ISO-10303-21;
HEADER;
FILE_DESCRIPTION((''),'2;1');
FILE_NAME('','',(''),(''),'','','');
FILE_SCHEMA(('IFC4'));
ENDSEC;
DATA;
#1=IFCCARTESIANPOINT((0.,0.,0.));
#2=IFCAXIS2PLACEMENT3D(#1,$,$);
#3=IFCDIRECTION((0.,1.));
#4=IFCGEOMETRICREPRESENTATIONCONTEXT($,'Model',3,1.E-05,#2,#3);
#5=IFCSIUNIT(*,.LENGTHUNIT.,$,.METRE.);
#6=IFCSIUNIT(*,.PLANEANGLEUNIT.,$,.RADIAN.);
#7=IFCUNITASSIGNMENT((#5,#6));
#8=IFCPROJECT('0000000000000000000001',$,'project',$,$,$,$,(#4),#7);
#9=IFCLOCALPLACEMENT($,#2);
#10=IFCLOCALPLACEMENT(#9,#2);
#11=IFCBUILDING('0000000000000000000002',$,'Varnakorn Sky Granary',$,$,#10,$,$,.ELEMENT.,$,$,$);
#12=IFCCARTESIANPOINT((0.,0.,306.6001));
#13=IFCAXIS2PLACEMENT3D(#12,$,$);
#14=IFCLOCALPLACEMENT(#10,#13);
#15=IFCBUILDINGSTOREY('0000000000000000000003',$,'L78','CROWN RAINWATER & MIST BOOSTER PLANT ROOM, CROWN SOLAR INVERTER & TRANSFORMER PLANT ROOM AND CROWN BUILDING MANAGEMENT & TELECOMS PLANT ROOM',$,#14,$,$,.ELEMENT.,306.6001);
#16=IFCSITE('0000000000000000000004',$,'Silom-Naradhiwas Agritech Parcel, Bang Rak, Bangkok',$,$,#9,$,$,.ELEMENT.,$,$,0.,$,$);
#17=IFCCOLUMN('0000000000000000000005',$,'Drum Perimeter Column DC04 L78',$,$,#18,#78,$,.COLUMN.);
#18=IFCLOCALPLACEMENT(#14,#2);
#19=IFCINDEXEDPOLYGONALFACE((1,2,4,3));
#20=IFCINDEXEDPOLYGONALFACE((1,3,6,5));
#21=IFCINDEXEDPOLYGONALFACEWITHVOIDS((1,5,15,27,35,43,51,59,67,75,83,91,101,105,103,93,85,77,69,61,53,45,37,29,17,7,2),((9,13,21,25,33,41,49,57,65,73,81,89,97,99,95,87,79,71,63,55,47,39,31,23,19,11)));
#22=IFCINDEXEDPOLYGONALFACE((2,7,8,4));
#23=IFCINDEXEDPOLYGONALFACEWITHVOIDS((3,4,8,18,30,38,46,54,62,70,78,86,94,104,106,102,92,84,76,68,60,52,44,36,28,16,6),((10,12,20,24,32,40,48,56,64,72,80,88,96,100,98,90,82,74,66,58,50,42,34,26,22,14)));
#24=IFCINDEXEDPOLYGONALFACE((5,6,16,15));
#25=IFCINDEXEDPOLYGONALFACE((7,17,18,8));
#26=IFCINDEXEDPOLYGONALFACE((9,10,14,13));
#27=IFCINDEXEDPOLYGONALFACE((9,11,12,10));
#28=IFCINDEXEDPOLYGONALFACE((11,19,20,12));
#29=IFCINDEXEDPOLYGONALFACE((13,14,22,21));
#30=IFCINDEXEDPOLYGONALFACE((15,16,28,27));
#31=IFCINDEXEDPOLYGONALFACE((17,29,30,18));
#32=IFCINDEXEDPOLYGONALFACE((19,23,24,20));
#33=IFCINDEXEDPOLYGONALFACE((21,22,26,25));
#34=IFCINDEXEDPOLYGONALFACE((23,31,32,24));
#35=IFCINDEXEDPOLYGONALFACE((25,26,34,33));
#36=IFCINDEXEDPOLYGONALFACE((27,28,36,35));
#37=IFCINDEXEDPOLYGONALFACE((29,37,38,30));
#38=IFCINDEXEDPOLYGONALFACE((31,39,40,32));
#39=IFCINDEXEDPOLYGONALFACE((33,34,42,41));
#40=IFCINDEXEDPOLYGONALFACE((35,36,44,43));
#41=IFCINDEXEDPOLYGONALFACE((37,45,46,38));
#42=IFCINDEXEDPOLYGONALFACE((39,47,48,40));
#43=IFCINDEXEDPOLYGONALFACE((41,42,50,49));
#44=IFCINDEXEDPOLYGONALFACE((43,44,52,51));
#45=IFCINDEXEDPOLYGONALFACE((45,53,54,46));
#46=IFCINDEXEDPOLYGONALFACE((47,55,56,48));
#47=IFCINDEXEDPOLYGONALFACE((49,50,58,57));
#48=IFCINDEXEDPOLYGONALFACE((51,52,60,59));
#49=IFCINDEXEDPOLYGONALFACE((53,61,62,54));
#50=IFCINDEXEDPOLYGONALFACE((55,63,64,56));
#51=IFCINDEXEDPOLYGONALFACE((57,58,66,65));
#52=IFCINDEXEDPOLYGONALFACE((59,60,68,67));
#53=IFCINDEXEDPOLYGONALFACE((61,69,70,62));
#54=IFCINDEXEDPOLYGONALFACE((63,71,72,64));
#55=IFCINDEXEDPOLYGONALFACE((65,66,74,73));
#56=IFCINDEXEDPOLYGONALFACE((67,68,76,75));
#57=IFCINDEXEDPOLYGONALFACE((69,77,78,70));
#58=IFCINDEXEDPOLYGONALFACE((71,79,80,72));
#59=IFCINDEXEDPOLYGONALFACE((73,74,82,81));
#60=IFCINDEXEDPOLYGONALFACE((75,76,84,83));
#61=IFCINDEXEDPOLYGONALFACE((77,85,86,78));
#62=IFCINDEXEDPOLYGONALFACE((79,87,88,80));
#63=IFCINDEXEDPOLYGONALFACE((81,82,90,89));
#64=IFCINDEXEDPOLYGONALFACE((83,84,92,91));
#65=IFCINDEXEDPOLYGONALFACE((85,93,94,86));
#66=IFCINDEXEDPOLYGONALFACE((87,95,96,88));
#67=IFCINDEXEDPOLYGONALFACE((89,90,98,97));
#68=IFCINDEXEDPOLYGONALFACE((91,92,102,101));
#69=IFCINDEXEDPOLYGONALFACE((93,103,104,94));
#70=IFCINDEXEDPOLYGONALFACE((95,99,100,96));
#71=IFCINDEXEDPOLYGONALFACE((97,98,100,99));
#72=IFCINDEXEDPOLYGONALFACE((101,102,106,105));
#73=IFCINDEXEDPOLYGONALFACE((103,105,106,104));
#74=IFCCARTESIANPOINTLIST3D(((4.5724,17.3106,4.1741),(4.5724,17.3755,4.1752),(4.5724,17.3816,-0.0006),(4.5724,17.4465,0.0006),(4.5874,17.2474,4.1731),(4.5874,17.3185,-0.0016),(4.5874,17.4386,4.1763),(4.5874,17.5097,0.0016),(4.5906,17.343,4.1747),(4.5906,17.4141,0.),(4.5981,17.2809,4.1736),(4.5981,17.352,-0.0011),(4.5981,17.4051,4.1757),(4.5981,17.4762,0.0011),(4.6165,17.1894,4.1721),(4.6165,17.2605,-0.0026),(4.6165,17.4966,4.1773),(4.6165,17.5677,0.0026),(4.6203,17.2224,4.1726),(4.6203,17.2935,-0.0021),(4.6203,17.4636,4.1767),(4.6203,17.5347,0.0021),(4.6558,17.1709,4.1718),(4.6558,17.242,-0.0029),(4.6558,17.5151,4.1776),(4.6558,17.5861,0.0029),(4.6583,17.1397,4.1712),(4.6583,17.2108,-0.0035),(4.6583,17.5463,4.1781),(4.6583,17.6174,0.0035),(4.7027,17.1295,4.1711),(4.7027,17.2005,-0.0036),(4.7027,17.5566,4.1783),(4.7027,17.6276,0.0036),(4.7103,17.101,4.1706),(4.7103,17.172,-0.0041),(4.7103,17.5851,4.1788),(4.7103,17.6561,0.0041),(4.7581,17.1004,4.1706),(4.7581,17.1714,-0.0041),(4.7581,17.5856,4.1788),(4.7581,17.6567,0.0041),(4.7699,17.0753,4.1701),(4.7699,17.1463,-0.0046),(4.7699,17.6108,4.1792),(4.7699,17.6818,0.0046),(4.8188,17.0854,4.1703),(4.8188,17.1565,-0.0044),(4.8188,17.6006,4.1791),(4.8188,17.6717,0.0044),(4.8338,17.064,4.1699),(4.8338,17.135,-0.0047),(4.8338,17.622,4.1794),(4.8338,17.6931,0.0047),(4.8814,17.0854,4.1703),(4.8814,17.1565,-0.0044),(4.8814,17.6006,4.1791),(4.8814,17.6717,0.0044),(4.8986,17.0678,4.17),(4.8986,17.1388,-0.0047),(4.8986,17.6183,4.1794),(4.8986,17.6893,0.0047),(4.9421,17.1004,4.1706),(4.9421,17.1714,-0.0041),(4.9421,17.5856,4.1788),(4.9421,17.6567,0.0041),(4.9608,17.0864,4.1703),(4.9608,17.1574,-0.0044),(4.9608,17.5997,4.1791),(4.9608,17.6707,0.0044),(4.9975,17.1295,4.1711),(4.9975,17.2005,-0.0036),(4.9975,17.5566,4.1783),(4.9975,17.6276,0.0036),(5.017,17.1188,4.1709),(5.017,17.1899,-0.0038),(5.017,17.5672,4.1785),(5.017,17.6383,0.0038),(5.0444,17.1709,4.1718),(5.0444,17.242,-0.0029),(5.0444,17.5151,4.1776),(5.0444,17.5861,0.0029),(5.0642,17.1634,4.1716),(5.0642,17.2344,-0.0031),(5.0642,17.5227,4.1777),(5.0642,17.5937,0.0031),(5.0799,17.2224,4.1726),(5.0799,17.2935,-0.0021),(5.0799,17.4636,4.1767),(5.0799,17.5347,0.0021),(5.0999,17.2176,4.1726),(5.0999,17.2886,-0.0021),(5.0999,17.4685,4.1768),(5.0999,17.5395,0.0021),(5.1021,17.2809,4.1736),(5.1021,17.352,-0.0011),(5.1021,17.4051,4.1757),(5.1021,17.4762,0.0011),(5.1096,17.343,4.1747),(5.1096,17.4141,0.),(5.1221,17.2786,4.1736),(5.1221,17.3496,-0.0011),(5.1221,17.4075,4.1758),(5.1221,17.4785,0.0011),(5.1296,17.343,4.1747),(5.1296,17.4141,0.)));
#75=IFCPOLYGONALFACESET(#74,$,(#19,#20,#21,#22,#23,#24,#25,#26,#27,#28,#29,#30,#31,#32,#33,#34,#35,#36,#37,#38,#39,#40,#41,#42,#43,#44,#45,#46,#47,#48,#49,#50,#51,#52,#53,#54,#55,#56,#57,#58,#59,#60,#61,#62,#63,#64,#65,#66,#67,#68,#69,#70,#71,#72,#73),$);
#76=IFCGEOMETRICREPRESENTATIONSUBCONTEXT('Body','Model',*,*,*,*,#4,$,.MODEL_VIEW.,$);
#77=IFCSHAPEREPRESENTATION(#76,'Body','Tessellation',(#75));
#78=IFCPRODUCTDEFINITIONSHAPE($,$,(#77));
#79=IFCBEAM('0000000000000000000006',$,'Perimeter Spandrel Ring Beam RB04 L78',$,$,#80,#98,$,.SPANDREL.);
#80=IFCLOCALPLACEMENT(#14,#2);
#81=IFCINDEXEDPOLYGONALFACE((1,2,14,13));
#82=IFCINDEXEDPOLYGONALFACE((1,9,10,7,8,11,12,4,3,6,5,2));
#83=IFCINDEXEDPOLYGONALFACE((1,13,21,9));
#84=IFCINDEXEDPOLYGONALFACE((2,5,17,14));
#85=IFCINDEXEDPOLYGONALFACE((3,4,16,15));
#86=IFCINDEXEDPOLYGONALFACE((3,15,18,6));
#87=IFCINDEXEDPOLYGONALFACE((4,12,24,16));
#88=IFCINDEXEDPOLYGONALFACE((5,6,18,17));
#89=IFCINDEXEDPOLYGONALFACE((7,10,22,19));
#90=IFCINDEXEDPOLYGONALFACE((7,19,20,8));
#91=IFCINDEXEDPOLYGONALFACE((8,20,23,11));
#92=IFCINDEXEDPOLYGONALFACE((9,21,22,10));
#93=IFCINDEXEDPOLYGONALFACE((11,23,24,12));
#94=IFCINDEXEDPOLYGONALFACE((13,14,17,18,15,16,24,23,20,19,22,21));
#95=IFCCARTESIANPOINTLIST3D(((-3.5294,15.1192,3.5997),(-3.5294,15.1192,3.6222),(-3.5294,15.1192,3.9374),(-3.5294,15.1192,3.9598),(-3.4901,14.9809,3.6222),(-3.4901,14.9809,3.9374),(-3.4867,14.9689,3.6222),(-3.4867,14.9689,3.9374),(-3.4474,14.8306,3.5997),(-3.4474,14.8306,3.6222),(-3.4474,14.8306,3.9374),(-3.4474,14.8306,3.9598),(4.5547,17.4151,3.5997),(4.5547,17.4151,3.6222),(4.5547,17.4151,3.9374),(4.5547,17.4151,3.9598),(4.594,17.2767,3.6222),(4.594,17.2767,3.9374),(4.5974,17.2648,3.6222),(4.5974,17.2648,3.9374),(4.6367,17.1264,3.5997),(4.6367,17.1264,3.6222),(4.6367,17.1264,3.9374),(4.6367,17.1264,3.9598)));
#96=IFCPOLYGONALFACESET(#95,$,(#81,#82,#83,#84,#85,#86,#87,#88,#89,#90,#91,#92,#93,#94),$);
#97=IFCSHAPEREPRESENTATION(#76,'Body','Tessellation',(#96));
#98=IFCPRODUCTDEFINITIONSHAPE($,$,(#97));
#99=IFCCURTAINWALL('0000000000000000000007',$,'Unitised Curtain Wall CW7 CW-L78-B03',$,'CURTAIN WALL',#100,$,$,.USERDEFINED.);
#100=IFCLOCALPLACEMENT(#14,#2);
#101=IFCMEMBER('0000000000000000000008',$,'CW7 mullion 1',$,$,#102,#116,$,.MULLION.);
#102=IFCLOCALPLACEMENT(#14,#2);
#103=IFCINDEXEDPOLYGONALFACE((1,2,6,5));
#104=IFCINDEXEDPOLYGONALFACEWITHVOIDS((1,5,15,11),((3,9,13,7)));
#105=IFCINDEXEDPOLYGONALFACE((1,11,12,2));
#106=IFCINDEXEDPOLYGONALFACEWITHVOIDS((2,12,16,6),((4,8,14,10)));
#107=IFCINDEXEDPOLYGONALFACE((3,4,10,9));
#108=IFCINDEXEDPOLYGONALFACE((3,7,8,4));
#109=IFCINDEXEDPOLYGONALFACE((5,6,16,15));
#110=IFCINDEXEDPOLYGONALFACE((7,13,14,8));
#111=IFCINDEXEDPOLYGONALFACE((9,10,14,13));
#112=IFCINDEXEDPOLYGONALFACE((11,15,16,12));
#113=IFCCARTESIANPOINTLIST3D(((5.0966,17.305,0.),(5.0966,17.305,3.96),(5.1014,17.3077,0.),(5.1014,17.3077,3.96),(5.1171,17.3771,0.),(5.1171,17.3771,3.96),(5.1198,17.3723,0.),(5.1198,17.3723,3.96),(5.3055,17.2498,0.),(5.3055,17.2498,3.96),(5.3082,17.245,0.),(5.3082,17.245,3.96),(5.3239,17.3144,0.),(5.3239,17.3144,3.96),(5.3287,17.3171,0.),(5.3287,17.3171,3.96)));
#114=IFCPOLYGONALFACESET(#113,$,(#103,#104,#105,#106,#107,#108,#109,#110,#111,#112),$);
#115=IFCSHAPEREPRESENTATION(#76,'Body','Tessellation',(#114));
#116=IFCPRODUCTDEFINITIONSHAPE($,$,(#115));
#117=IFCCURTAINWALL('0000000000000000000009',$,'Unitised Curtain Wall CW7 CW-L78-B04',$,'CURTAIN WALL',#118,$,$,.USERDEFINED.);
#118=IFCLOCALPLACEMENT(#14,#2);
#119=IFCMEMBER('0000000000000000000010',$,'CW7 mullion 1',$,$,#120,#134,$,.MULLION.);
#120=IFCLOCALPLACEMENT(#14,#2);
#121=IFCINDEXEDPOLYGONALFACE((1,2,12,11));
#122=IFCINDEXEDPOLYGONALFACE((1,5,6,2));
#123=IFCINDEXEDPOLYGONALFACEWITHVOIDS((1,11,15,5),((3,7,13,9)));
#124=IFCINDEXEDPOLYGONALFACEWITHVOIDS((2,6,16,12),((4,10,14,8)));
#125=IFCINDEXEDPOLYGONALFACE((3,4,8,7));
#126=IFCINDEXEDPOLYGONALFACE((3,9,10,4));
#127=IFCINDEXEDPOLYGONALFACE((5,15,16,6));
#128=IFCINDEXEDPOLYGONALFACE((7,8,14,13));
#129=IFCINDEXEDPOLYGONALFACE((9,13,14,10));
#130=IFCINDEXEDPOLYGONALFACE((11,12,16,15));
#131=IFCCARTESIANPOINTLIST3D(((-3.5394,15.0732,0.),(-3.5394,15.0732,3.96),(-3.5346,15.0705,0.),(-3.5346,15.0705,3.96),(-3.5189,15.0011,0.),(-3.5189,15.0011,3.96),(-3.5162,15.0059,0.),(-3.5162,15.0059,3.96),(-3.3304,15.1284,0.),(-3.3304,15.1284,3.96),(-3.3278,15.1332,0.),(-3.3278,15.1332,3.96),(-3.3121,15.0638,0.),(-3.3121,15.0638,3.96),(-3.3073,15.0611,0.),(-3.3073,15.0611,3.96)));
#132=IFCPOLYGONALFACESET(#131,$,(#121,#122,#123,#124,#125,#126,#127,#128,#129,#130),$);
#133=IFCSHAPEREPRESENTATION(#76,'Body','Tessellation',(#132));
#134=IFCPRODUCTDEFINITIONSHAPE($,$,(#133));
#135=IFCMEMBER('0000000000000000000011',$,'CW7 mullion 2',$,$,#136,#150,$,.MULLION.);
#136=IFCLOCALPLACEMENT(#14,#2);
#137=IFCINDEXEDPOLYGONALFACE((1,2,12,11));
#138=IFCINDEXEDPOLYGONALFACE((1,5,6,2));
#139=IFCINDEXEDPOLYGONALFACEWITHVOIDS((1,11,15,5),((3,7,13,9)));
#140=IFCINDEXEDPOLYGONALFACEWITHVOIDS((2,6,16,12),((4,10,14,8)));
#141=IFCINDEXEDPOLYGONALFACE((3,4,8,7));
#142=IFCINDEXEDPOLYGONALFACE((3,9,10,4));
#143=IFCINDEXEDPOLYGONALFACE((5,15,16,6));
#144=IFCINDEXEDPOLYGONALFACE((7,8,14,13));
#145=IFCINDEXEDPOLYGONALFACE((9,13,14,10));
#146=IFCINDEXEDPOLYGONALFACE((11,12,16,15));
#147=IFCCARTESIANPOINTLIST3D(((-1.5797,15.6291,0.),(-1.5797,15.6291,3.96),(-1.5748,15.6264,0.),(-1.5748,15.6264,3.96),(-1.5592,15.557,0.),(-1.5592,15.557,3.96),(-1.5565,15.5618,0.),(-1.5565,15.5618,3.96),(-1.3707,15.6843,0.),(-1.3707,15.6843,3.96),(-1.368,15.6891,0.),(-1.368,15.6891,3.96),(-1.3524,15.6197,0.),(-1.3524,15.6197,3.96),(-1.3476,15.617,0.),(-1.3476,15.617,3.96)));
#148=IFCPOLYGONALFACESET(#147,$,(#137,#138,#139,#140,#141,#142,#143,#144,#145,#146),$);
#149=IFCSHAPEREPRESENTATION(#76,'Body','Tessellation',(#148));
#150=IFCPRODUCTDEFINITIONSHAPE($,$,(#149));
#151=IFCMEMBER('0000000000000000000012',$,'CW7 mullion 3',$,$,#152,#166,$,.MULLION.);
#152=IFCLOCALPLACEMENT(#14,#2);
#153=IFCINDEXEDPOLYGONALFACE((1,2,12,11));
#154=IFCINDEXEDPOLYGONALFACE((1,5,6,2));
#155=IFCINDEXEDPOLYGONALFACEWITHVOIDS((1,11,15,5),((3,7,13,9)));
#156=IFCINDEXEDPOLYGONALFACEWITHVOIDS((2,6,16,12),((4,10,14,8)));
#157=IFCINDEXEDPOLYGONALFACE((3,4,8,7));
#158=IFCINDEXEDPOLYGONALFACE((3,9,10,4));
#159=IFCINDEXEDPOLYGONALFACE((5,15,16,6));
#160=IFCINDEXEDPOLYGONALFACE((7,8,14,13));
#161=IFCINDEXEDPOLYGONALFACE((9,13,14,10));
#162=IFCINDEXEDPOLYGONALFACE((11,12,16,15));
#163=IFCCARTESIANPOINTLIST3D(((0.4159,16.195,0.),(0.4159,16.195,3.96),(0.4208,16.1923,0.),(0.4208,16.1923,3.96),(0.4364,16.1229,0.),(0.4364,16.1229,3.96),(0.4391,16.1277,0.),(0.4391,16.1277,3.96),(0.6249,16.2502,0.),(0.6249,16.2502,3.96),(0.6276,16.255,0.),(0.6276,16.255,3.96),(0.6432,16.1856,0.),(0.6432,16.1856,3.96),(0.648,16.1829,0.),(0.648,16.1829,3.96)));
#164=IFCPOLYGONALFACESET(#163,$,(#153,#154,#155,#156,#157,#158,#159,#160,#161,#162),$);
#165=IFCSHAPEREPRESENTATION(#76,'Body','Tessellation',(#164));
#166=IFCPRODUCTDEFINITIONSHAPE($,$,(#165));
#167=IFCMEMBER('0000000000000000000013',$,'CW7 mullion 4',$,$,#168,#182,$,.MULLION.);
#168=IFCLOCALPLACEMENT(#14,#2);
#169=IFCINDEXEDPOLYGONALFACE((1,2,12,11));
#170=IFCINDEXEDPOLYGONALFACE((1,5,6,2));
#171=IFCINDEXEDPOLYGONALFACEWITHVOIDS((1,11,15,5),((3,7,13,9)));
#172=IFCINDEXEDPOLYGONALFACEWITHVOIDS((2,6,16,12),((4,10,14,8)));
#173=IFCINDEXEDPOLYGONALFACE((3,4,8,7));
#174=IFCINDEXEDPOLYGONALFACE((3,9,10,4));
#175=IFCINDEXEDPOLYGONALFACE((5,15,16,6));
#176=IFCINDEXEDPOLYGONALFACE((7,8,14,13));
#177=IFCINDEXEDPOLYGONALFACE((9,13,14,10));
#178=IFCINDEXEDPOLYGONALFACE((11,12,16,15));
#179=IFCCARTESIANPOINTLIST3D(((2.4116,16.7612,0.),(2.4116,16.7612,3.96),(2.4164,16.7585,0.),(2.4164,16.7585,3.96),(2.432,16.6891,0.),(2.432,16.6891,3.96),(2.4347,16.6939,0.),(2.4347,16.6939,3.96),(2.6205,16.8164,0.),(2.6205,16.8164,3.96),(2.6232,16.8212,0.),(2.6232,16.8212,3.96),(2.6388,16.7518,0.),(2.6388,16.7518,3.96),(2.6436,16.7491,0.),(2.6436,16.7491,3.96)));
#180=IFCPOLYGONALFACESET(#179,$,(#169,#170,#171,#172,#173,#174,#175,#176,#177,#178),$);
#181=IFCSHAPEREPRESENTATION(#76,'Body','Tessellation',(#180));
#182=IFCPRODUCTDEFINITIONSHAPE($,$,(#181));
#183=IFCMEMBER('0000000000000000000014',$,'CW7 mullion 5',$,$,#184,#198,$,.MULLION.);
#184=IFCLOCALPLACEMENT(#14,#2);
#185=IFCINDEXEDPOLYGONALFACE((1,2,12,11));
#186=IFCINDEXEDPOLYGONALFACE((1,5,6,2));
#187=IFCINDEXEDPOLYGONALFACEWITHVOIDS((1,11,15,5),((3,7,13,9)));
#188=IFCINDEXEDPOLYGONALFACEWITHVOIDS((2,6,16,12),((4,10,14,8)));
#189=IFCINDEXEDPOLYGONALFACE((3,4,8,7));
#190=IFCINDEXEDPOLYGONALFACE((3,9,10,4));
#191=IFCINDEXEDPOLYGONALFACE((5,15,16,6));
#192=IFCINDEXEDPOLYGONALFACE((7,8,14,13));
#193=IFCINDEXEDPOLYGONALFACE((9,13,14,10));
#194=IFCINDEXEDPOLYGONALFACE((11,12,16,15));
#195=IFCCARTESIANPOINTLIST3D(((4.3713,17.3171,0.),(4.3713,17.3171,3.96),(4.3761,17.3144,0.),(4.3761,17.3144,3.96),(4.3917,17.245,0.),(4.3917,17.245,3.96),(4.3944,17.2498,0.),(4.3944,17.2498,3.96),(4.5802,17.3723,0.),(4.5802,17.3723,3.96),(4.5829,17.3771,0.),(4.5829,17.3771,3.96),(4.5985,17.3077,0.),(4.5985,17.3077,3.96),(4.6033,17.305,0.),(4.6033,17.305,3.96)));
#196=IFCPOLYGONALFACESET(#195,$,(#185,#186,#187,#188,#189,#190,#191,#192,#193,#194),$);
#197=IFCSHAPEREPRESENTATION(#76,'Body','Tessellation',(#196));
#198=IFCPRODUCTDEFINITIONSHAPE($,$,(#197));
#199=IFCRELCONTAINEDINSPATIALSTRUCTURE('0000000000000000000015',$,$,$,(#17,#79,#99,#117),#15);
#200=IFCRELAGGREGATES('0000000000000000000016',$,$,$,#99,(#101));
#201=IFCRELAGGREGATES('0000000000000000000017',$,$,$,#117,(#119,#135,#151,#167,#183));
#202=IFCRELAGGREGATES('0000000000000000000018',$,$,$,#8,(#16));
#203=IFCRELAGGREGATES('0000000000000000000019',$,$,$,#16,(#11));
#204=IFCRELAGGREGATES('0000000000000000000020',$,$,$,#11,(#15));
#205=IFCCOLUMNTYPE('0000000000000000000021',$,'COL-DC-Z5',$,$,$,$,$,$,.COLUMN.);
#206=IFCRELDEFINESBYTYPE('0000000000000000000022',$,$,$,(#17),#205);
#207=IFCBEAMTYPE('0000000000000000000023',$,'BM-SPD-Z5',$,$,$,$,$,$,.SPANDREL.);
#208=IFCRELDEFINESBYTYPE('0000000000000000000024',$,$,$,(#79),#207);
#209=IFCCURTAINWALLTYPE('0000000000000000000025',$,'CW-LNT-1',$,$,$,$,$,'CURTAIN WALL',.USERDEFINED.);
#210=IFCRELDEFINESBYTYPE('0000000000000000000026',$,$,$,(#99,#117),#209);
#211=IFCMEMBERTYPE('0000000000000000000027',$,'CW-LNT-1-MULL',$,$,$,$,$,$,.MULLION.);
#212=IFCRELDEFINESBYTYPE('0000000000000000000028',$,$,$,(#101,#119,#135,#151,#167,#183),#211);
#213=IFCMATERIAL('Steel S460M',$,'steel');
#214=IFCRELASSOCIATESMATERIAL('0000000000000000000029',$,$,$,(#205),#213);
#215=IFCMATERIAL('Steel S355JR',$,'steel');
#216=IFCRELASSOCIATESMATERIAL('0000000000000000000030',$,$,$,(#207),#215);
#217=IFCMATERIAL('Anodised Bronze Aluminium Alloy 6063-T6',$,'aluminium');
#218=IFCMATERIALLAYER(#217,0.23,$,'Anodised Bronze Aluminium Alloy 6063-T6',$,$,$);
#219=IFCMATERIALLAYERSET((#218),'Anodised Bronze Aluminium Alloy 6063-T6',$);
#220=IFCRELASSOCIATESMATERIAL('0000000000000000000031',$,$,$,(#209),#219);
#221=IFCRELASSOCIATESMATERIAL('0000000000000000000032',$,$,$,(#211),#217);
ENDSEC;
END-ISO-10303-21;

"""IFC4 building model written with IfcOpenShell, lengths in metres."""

from ifc_helpers import new_model, si_unit, direction, frame, origin, origin_2d, place, context, subcontext, project, spatial, hollow_rectangle, hollow_circle, i_section, extrude, material, layer, layer_set, material_profile, profile_set, type_object, element, aggregate, save


model = new_model("IFC4")

# Units and contexts
model_context = context("Model", 3, precision=1e-05, world=origin(), true_north=direction((0.0, 1.0)))
body_context = subcontext(model_context, "Body", "Model", "MODEL_VIEW")
ifc_project = project(units=[si_unit("LENGTHUNIT", "METRE"), si_unit("PLANEANGLEUNIT", "RADIAN")], contexts=[model_context])

# Site, building, storey
site_placement = place(None, origin())
site = spatial("IfcSite", under=ifc_project, at=site_placement, Name="Silom-Naradhiwas Agritech Parcel, Bang Rak, Bangkok", CompositionType="ELEMENT", RefElevation=0.0)
building_placement = place(site_placement, origin())
building = spatial("IfcBuilding", under=site, at=building_placement, Name="Varnakorn Sky Granary", CompositionType="ELEMENT")
storey_placement = place(building_placement, frame((0.0, 0.0, 306.6001)))
storey = spatial("IfcBuildingStorey", under=building, at=storey_placement, Name="L78", Description="CROWN RAINWATER & MIST BOOSTER PLANT ROOM, CROWN SOLAR INVERTER & TRANSFORMER PLANT ROOM AND CROWN BUILDING MANAGEMENT & TELECOMS PLANT ROOM", CompositionType="ELEMENT", Elevation=306.6001)

# Column
ifc_material_1 = material(Name="Steel S460M", Category="steel")
ifc_material_profile_1 = material_profile(ifc_material_1, hollow_circle(Radius=0.2795, WallThickness=0.02, at=origin_2d()), Name="CHS 559x20")
ifc_profile_set_1 = profile_set([ifc_material_profile_1], Name="Steel S460M")
column_type = type_object("IfcColumnType", Name="COL-DC-Z5", PredefinedType="COLUMN", material=ifc_profile_set_1)
column_placement = place(storey_placement, frame((4.8501, 17.4141, 0.0), z_axis=(0.0, -0.017015, 0.999855), x_axis=(1.0, 0.0, 0.0)))
element("IfcColumn", 1, at=column_placement, inside=storey, type_object=column_type, Name="Drum Perimeter Column DC04 L78", PredefinedType="COLUMN", context=body_context, shape_type="SweptSolid", body=[
    extrude(hollow_circle(Radius=0.2795, WallThickness=0.02, at=origin_2d()), origin(), (0.0, 0.0, 1.0), 4.1753),
])

# Beam
ifc_material_2 = material(Name="Steel S355JR", Category="steel")
ifc_material_profile_2 = material_profile(ifc_material_2, i_section(OverallWidth=0.3, OverallDepth=0.3601, WebThickness=0.0125, FlangeThickness=0.0225, at=origin_2d()), Name="HE 360 B")
ifc_profile_set_2 = profile_set([ifc_material_profile_2], Name="Steel S355JR")
beam_type = type_object("IfcBeamType", Name="BM-SPD-Z5", PredefinedType="SPANDREL", material=ifc_profile_set_2)
beam_placement = place(storey_placement, frame((4.5957, 17.2708, 3.7798), z_axis=(-0.961959, -0.273194, 0.0), x_axis=(0.273194, -0.961959, 0.0)))
element("IfcBeam", 2, at=beam_placement, inside=storey, type_object=beam_type, Name="Perimeter Spandrel Ring Beam RB04 L78", PredefinedType="SPANDREL", context=body_context, shape_type="SweptSolid", body=[
    extrude(i_section(OverallWidth=0.3, OverallDepth=0.3601, WebThickness=0.0125, FlangeThickness=0.0225, at=origin_2d()), origin(), (0.0, 0.0, 1.0), 8.4038),
])

# Curtain wall, member
ifc_material_3 = material(Name="Anodised Bronze Aluminium Alloy 6063-T6", Category="aluminium")
ifc_layer_1 = layer(ifc_material_3, 0.23, Name="Anodised Bronze Aluminium Alloy 6063-T6")
ifc_layer_set_1 = layer_set([ifc_layer_1], Name="Anodised Bronze Aluminium Alloy 6063-T6")
curtain_wall_type = type_object("IfcCurtainWallType", Name="CW-LNT-1", ElementType="CURTAIN WALL", PredefinedType="USERDEFINED", material=ifc_layer_set_1)
curtain_wall_1_placement = place(storey_placement, origin())
curtain_wall_1 = element("IfcCurtainWall", 3, at=curtain_wall_1_placement, inside=storey, type_object=curtain_wall_type, Name="Unitised Curtain Wall CW7 CW-L78-B03", ObjectType="CURTAIN WALL", PredefinedType="USERDEFINED")
ifc_material_profile_3 = material_profile(ifc_material_3, hollow_rectangle(XDim=0.075, YDim=0.22, WallThickness=0.0039, at=origin_2d()), Name="ALU MULL 75x220")
ifc_profile_set_3 = profile_set([ifc_material_profile_3], Name="Anodised Bronze Aluminium Alloy 6063-T6")
member_type_1 = type_object("IfcMemberType", Name="CW-LNT-1-MULL", PredefinedType="MULLION", material=ifc_profile_set_3)
member_1_placement = place(storey_placement, frame((5.2126, 17.311, 0.0), z_axis=(0.0, 0.0, 1.0), x_axis=(0.272905, 0.962041, 0.0)))
member_1 = element("IfcMember", 4, at=member_1_placement, type_object=member_type_1, Name="CW7 mullion 1", PredefinedType="MULLION", context=body_context, shape_type="SweptSolid", body=[
    extrude(hollow_rectangle(XDim=0.075, YDim=0.22, WallThickness=0.0039, at=origin_2d()), origin(), (0.0, 0.0, 1.0), 3.96),
])

# Curtain wall, members
curtain_wall_2_placement = place(storey_placement, origin())
curtain_wall_2 = element("IfcCurtainWall", 5, at=curtain_wall_2_placement, inside=storey, type_object=curtain_wall_type, Name="Unitised Curtain Wall CW7 CW-L78-B04", ObjectType="CURTAIN WALL", PredefinedType="USERDEFINED")
member_2_placement = place(storey_placement, frame((-3.4233, 15.0671, 0.0), z_axis=(0.0, 0.0, 1.0), x_axis=(-0.272905, 0.962041, 0.0)))
member_2 = element("IfcMember", 6, at=member_2_placement, type_object=member_type_1, Name="CW7 mullion 1", PredefinedType="MULLION", context=body_context, shape_type="SweptSolid", body=[
    extrude(hollow_rectangle(XDim=0.075, YDim=0.22, WallThickness=0.0039, at=origin_2d()), origin(), (0.0, 0.0, 1.0), 3.96),
])
member_3_placement = place(storey_placement, frame((-1.4636, 15.623, 0.0), z_axis=(0.0, 0.0, 1.0), x_axis=(-0.272905, 0.962041, 0.0)))
member_3 = element("IfcMember", 7, at=member_3_placement, type_object=member_type_1, Name="CW7 mullion 2", PredefinedType="MULLION", context=body_context, shape_type="SweptSolid", body=[
    extrude(hollow_rectangle(XDim=0.075, YDim=0.22, WallThickness=0.0039, at=origin_2d()), origin(), (0.0, 0.0, 1.0), 3.96),
])
member_4_placement = place(storey_placement, frame((0.532, 16.189, 0.0), z_axis=(0.0, 0.0, 1.0), x_axis=(-0.272905, 0.962041, 0.0)))
member_4 = element("IfcMember", 8, at=member_4_placement, type_object=member_type_1, Name="CW7 mullion 3", PredefinedType="MULLION", context=body_context, shape_type="SweptSolid", body=[
    extrude(hollow_rectangle(XDim=0.075, YDim=0.22, WallThickness=0.0039, at=origin_2d()), origin(), (0.0, 0.0, 1.0), 3.96),
])
member_5_placement = place(storey_placement, frame((2.5276, 16.7551, 0.0), z_axis=(0.0, 0.0, 1.0), x_axis=(-0.272905, 0.962041, 0.0)))
member_5 = element("IfcMember", 9, at=member_5_placement, type_object=member_type_1, Name="CW7 mullion 4", PredefinedType="MULLION", context=body_context, shape_type="SweptSolid", body=[
    extrude(hollow_rectangle(XDim=0.075, YDim=0.22, WallThickness=0.0039, at=origin_2d()), origin(), (0.0, 0.0, 1.0), 3.96),
])
member_6_placement = place(storey_placement, frame((4.4873, 17.311, 0.0), z_axis=(0.0, 0.0, 1.0), x_axis=(-0.272905, 0.962041, 0.0)))
member_6 = element("IfcMember", 10, at=member_6_placement, type_object=member_type_1, Name="CW7 mullion 5", PredefinedType="MULLION", context=body_context, shape_type="SweptSolid", body=[
    extrude(hollow_rectangle(XDim=0.075, YDim=0.22, WallThickness=0.0039, at=origin_2d()), origin(), (0.0, 0.0, 1.0), 3.96),
])

aggregate(curtain_wall_1, [member_1])

aggregate(curtain_wall_2, [member_2, member_3, member_4, member_5, member_6])

save(model, "model.ifc")
